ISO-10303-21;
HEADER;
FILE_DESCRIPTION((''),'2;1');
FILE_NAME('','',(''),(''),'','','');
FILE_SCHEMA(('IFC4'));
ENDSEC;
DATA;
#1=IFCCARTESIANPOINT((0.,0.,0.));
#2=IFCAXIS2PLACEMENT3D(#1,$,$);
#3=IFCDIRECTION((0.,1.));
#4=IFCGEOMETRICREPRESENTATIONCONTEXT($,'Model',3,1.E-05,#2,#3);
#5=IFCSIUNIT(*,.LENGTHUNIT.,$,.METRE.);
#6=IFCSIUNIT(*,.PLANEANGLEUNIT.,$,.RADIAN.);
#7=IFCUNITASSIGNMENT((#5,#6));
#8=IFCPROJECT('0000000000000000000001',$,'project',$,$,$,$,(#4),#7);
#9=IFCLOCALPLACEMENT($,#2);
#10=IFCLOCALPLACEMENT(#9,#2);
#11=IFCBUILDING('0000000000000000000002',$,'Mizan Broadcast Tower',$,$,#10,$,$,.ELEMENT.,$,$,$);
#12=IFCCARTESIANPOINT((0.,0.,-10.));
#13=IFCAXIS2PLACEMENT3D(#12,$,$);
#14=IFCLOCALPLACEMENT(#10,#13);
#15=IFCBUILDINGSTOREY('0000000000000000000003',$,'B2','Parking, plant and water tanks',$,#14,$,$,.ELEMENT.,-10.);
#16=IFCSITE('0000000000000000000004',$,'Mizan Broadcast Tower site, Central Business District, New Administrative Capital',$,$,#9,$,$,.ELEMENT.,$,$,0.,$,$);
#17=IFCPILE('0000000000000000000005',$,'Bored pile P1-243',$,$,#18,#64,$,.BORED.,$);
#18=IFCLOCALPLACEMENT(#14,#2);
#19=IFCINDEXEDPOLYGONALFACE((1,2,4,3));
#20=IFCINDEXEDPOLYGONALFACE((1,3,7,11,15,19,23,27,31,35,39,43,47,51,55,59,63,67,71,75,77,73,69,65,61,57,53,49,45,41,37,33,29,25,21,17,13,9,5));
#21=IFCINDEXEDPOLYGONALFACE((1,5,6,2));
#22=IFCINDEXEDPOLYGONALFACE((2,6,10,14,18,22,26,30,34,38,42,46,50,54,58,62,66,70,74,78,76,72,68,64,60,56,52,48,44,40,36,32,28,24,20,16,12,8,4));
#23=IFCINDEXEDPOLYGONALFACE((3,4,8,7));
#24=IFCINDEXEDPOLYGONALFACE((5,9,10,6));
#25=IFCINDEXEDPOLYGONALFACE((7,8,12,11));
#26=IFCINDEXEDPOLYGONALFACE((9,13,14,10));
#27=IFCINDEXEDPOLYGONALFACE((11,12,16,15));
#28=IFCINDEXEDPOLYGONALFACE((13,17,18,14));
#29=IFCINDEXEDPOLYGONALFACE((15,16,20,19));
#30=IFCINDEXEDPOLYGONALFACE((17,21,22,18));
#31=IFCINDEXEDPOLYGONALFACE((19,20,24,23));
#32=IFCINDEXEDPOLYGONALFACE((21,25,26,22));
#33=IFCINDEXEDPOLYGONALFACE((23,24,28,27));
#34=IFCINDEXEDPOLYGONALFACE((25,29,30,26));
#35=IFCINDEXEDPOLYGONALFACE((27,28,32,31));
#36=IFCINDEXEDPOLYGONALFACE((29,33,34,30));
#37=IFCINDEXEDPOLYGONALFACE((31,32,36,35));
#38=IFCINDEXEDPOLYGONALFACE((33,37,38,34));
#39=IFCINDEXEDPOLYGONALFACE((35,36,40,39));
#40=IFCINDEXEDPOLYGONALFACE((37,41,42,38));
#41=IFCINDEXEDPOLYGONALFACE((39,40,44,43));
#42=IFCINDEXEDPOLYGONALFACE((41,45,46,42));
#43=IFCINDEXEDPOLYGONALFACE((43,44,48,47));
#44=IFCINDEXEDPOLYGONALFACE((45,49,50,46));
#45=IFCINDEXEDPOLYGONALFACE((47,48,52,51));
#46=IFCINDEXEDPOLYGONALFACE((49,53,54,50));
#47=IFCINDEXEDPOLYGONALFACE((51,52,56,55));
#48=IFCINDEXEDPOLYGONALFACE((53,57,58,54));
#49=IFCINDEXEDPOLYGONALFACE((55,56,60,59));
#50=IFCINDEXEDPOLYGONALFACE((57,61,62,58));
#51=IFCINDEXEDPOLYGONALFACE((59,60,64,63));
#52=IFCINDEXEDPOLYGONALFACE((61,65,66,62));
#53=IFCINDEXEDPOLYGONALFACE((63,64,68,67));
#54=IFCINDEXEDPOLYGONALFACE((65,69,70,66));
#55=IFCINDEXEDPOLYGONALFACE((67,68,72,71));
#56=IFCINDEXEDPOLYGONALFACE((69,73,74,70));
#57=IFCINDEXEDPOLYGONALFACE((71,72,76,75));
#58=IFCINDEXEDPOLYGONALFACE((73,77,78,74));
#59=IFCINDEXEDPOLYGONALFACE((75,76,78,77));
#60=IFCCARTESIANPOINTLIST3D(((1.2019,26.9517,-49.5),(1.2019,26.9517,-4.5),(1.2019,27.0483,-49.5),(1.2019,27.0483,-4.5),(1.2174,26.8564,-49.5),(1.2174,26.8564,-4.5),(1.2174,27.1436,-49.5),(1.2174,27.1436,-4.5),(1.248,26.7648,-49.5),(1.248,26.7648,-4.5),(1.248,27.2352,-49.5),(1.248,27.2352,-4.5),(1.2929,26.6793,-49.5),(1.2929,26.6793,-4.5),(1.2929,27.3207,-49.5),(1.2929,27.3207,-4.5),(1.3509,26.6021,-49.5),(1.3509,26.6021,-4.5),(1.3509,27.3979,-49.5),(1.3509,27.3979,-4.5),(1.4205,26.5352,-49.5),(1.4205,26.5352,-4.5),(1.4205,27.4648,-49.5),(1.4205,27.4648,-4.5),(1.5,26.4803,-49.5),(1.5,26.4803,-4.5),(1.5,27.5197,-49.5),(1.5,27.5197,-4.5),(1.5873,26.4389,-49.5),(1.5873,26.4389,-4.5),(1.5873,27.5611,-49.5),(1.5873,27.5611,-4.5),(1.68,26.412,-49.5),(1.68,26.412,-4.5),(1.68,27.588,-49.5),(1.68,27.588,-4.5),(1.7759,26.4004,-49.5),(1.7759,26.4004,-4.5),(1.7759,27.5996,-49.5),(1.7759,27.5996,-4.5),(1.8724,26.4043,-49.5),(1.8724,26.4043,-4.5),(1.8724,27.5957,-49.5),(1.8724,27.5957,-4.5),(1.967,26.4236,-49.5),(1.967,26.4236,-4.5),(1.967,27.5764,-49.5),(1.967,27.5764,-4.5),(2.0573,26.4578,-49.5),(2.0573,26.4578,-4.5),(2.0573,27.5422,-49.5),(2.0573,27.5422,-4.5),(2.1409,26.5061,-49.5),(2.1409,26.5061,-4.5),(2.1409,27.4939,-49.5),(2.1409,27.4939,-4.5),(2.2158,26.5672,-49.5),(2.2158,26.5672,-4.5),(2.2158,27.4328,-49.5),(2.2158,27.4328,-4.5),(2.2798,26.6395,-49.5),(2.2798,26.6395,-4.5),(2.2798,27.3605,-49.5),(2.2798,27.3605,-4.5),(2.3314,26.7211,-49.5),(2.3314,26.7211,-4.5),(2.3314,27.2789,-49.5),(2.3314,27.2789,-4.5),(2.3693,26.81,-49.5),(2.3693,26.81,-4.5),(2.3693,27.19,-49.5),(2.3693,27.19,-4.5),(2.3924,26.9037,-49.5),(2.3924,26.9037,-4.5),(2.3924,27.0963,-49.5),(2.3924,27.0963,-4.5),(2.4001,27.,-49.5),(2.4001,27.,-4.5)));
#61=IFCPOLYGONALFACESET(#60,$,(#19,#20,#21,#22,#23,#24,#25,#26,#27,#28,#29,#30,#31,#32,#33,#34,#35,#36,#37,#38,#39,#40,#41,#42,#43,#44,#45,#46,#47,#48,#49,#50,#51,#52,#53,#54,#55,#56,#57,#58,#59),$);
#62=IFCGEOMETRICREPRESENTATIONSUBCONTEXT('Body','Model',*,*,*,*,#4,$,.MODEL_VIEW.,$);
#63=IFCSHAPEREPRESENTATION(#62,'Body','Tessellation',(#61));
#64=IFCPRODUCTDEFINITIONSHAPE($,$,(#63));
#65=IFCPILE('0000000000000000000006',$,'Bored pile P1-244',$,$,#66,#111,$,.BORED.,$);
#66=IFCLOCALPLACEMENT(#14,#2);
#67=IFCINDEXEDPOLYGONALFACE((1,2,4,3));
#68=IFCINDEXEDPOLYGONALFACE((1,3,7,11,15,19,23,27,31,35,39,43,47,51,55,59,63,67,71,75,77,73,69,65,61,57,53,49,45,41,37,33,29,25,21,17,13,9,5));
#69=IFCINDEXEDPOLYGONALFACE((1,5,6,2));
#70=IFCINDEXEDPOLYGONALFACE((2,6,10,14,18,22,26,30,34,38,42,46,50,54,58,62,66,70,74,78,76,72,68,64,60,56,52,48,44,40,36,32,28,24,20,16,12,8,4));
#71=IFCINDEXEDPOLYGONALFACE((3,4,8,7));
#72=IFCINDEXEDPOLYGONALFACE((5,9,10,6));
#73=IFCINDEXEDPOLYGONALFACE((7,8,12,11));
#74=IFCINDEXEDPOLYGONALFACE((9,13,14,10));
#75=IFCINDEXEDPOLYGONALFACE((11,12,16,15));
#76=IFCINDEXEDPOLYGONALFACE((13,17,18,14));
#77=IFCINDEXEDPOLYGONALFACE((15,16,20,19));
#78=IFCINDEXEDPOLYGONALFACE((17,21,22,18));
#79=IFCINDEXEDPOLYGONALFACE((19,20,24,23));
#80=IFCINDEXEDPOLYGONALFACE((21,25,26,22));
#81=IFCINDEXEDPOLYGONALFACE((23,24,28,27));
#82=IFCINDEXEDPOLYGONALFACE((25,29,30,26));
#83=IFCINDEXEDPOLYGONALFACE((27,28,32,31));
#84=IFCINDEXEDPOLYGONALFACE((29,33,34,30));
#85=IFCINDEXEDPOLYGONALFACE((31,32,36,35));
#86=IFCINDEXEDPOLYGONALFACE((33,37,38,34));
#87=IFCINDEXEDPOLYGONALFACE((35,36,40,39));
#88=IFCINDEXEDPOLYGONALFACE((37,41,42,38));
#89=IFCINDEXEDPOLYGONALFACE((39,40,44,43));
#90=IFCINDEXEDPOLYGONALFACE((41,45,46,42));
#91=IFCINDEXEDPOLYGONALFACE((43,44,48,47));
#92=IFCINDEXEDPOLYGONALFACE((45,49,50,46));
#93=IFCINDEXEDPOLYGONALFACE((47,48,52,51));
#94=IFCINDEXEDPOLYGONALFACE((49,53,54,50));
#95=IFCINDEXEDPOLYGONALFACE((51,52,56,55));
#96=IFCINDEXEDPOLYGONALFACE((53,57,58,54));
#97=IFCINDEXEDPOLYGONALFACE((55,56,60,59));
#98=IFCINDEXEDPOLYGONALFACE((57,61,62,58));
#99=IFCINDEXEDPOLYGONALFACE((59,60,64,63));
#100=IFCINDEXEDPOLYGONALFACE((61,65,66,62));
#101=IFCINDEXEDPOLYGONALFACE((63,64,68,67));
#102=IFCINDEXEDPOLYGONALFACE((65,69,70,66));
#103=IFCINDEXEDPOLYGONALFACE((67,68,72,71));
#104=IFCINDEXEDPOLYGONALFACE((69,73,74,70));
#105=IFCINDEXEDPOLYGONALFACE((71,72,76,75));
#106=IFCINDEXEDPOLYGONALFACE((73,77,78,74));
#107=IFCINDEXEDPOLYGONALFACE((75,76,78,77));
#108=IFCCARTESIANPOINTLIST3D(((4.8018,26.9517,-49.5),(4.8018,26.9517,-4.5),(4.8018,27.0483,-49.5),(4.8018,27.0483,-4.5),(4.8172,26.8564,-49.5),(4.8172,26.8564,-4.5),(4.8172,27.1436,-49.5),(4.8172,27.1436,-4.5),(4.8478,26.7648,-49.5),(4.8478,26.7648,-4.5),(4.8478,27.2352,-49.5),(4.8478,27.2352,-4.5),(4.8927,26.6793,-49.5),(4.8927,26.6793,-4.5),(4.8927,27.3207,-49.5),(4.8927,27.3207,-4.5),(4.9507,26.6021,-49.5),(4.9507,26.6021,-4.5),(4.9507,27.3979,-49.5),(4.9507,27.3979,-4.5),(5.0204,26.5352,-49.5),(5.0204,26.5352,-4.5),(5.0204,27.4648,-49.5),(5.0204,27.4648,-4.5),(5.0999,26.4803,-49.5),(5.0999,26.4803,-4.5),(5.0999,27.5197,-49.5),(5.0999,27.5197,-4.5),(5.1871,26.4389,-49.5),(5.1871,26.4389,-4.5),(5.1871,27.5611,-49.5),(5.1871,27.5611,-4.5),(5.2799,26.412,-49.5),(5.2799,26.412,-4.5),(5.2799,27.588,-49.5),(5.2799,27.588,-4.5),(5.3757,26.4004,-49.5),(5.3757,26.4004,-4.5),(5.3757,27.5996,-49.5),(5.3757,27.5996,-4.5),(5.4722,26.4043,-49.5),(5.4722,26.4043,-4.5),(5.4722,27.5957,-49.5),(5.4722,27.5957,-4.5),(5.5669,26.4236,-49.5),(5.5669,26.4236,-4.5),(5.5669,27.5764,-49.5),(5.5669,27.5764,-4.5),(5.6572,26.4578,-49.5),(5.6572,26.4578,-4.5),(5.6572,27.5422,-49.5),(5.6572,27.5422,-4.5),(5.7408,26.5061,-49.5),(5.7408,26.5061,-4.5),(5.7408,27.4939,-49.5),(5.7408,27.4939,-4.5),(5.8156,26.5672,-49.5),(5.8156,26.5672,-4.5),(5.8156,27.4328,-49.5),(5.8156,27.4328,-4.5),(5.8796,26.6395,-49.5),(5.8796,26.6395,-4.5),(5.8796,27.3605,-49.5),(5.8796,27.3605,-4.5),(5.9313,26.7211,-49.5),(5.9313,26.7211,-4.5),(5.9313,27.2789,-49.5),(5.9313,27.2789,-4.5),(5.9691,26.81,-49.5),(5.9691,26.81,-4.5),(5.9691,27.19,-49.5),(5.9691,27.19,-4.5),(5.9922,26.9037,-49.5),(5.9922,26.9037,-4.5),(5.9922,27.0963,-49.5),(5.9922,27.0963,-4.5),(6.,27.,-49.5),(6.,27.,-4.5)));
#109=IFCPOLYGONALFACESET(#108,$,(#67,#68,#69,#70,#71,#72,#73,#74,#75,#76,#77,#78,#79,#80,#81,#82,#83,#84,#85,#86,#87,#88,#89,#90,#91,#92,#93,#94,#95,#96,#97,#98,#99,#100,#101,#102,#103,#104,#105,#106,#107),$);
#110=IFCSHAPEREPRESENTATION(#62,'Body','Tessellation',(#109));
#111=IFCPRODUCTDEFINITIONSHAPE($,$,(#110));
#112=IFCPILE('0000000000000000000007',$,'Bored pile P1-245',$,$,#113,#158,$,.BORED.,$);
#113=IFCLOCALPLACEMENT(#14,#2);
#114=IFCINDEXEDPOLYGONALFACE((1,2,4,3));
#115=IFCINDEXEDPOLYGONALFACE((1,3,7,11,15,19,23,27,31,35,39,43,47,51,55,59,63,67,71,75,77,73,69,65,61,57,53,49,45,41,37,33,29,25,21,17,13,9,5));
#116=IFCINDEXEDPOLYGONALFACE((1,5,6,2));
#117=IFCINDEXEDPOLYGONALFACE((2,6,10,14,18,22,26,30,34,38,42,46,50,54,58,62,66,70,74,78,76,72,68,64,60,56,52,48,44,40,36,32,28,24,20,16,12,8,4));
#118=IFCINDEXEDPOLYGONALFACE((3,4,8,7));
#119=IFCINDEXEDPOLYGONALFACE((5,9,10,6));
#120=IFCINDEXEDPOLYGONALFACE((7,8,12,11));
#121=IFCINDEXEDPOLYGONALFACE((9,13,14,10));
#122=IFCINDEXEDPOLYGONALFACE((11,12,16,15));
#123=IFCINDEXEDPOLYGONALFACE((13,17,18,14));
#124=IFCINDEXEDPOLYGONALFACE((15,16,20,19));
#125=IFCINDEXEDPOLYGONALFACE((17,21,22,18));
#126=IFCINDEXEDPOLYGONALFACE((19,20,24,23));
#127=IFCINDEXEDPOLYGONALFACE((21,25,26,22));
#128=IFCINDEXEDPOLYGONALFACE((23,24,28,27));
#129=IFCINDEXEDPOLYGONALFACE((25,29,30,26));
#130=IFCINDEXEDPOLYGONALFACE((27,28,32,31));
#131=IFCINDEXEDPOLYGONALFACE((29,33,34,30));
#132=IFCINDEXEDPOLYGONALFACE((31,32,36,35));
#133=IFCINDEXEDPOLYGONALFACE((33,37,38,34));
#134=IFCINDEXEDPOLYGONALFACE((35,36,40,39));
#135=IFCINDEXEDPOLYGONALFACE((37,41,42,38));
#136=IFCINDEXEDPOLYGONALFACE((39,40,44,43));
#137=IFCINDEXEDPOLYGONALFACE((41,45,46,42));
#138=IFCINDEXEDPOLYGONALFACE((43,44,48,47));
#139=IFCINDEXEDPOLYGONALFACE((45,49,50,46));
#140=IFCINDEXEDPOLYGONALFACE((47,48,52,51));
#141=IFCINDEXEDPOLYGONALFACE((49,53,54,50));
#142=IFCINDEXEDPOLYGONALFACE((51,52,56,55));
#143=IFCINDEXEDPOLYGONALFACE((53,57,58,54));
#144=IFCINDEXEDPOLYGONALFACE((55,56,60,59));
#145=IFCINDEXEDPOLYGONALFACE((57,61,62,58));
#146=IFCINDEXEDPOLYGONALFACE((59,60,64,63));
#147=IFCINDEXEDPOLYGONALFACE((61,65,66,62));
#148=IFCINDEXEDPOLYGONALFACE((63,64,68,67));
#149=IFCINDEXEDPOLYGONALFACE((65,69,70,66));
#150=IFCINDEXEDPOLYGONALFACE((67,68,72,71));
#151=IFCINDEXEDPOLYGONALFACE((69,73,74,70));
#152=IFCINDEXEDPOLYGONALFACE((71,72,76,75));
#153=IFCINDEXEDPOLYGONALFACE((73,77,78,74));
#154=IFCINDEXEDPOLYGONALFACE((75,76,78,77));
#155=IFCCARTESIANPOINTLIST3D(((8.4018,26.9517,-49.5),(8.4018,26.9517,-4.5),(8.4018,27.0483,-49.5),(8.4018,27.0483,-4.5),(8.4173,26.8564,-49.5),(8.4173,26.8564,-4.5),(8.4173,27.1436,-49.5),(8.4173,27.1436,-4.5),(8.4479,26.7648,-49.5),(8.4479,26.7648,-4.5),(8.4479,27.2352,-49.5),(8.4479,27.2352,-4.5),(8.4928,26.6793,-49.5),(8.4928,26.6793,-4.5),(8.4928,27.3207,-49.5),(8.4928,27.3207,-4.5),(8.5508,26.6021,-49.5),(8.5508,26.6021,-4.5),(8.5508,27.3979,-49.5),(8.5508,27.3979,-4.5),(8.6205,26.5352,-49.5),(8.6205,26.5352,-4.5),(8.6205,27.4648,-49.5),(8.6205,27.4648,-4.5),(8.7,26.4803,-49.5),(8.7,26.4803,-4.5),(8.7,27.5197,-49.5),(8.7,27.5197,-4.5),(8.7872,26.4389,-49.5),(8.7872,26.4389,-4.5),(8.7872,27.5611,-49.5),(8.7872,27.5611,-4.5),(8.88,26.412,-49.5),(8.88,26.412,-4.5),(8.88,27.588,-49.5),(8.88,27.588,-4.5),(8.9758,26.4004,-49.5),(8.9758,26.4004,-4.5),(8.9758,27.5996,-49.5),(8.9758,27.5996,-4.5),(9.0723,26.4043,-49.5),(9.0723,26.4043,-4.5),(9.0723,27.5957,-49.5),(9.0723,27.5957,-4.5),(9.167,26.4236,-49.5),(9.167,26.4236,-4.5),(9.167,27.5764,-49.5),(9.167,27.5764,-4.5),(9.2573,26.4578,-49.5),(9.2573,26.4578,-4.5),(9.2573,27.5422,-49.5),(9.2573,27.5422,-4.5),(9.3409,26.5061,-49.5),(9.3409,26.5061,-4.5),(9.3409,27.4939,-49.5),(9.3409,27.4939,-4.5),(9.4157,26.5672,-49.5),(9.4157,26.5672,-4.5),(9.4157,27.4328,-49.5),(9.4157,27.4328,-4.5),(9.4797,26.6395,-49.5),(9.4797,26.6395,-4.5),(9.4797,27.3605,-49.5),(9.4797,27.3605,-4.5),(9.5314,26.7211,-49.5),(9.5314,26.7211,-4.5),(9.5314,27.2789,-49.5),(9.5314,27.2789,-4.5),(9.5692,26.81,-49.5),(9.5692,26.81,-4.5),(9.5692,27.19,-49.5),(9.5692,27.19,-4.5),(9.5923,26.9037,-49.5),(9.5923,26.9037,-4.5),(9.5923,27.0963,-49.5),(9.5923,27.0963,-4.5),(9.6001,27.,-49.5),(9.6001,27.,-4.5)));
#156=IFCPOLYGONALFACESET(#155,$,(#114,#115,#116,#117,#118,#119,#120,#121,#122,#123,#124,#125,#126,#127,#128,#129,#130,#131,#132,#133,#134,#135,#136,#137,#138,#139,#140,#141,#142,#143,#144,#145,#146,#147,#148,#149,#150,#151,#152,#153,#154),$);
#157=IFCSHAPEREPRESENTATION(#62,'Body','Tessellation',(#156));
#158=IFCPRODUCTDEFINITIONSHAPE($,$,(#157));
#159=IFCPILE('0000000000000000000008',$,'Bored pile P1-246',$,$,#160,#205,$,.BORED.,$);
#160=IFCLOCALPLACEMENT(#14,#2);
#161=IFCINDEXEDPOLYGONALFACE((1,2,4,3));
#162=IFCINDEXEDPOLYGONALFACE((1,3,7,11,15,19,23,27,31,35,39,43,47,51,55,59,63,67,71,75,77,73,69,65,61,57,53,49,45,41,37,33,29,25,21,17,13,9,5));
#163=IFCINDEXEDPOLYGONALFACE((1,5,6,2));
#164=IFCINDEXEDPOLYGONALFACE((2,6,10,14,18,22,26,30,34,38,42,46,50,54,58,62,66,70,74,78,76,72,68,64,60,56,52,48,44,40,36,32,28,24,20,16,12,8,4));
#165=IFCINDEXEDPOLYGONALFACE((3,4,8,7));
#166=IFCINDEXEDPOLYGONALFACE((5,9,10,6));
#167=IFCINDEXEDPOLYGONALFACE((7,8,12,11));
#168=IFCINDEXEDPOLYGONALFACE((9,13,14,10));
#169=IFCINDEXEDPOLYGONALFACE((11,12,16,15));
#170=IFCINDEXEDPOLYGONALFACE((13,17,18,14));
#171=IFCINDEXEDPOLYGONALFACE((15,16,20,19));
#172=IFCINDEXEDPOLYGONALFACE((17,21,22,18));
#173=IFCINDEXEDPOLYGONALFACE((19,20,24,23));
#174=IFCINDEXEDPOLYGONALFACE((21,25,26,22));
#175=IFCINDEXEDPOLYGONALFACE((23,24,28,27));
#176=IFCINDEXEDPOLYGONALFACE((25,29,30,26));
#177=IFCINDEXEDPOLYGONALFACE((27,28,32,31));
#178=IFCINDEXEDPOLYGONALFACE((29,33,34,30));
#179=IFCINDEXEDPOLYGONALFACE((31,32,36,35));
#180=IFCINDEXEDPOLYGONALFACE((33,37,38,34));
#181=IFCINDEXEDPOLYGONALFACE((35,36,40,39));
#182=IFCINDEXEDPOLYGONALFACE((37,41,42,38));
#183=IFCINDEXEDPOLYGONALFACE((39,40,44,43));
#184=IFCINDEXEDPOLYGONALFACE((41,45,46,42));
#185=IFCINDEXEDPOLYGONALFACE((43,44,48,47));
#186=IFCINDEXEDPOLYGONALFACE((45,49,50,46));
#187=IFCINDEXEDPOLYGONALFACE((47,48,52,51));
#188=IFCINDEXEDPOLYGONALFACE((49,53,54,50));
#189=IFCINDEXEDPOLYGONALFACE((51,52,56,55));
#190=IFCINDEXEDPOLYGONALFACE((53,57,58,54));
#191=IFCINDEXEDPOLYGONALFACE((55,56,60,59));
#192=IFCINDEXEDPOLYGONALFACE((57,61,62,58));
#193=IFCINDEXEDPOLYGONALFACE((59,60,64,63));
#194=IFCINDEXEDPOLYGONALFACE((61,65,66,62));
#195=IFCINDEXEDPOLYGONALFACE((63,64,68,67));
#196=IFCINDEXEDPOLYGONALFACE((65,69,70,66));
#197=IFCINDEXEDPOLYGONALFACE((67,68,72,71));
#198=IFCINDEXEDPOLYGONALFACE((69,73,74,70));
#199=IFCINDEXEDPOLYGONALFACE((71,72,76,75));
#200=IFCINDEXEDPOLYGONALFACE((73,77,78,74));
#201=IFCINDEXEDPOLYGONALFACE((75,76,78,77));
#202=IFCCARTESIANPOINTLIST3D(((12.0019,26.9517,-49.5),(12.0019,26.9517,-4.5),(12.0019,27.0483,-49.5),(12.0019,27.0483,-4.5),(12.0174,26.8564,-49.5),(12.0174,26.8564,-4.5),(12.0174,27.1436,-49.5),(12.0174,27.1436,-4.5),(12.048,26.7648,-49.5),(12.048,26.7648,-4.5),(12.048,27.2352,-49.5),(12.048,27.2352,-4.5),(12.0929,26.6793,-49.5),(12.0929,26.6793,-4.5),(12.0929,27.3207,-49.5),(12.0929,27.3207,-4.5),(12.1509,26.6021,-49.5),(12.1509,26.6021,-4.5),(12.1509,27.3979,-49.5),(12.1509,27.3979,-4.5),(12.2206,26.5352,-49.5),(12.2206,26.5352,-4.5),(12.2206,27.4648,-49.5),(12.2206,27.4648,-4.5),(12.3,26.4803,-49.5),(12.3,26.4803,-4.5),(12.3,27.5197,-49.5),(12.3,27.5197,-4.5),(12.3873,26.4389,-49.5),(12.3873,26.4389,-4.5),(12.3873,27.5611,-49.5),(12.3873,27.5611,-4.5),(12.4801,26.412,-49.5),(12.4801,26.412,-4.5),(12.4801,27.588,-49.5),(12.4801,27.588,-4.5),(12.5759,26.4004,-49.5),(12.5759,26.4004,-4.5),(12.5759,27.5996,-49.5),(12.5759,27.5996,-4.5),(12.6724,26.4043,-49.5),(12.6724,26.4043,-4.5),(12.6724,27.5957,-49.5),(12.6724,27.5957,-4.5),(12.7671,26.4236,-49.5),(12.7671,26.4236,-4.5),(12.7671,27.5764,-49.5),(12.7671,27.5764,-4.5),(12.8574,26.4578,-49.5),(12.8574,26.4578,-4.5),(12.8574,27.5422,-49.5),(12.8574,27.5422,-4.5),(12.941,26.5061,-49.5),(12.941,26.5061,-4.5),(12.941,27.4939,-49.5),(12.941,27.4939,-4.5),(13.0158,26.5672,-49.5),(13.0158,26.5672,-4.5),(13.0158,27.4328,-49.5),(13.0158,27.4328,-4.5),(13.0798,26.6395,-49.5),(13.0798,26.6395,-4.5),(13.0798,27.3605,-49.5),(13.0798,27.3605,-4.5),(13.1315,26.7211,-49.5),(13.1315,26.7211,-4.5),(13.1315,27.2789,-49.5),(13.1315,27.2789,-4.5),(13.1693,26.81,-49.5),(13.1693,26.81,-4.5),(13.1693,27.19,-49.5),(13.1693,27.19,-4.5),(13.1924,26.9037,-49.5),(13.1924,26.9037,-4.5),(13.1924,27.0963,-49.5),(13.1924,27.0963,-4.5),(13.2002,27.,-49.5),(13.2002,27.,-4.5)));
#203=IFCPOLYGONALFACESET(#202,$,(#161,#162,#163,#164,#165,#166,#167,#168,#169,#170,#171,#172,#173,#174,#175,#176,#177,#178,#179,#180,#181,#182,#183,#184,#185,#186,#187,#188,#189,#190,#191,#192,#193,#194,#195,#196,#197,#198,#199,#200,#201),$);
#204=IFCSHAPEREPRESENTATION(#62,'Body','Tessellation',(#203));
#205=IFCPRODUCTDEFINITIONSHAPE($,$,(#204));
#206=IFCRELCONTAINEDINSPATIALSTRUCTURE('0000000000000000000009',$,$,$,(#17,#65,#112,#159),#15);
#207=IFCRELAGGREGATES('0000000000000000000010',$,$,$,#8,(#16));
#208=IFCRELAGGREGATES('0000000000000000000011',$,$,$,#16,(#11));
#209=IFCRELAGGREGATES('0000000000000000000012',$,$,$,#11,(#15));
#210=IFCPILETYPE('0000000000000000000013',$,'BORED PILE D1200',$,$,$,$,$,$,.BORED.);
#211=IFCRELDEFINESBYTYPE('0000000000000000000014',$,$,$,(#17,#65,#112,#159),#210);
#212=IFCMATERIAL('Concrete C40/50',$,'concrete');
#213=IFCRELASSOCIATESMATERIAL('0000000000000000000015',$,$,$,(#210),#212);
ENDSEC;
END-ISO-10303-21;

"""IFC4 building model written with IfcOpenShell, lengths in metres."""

from ifc_helpers import new_model, si_unit, direction, frame, origin, origin_2d, place, context, subcontext, project, spatial, circle, extrude, material, material_profile, profile_set, type_object, element, save


model = new_model("IFC4")

# Units and contexts
model_context = context("Model", 3, precision=1e-05, world=origin(), true_north=direction((0.0, 1.0)))
body_context = subcontext(model_context, "Body", "Model", "MODEL_VIEW")
ifc_project = project(units=[si_unit("LENGTHUNIT", "METRE"), si_unit("PLANEANGLEUNIT", "RADIAN")], contexts=[model_context])

# Site, building, storey
site_placement = place(None, origin())
site = spatial("IfcSite", under=ifc_project, at=site_placement, Name="Mizan Broadcast Tower site, Central Business District, New Administrative Capital", CompositionType="ELEMENT", RefElevation=0.0)
building_placement = place(site_placement, origin())
building = spatial("IfcBuilding", under=site, at=building_placement, Name="Mizan Broadcast Tower", CompositionType="ELEMENT")
storey_placement = place(building_placement, frame((0.0, 0.0, -10.0)))
storey = spatial("IfcBuildingStorey", under=building, at=storey_placement, Name="B2", Description="Parking, plant and water tanks", CompositionType="ELEMENT", Elevation=-10.0)

# Piles
ifc_material_1 = material(Name="Concrete C40/50", Category="concrete")
ifc_material_profile_1 = material_profile(ifc_material_1, circle(Radius=0.6001, at=origin_2d()), Name="D1200")
ifc_profile_set_1 = profile_set([ifc_material_profile_1], Name="Concrete C40/50")
pile_type_1 = type_object("IfcPileType", Name="BORED PILE D1200", PredefinedType="BORED", material=ifc_profile_set_1)
for number, where, z_axis, x_axis, name in (
    (1, (1.8, 27.0, -4.5), (0.0, 0.0, -1.0), (1.0, 0.0, 0.0), "Bored pile P1-243"),
    (2, (5.3999, 27.0, -4.5), (0.0, 0.0, -1.0), (1.0, 0.0, 0.0), "Bored pile P1-244"),
    (3, (9.0, 27.0, -4.5), (0.0, 0.0, -1.0), (1.0, 0.0, 0.0), "Bored pile P1-245"),
    (4, (12.6001, 27.0, -4.5), (0.0, 0.0, -1.0), (1.0, 0.0, 0.0), "Bored pile P1-246"),
):
    element("IfcPile", number, at=place(storey_placement, frame(where, z_axis=z_axis, x_axis=x_axis)), inside=storey, type_object=pile_type_1, Name=name, PredefinedType="BORED", context=body_context, shape_type="SweptSolid", body=[
        extrude(circle(Radius=0.6001, at=origin_2d()), origin(), (0.0, 0.0, 1.0), 45.0),
    ])

save(model, "model.ifc")
